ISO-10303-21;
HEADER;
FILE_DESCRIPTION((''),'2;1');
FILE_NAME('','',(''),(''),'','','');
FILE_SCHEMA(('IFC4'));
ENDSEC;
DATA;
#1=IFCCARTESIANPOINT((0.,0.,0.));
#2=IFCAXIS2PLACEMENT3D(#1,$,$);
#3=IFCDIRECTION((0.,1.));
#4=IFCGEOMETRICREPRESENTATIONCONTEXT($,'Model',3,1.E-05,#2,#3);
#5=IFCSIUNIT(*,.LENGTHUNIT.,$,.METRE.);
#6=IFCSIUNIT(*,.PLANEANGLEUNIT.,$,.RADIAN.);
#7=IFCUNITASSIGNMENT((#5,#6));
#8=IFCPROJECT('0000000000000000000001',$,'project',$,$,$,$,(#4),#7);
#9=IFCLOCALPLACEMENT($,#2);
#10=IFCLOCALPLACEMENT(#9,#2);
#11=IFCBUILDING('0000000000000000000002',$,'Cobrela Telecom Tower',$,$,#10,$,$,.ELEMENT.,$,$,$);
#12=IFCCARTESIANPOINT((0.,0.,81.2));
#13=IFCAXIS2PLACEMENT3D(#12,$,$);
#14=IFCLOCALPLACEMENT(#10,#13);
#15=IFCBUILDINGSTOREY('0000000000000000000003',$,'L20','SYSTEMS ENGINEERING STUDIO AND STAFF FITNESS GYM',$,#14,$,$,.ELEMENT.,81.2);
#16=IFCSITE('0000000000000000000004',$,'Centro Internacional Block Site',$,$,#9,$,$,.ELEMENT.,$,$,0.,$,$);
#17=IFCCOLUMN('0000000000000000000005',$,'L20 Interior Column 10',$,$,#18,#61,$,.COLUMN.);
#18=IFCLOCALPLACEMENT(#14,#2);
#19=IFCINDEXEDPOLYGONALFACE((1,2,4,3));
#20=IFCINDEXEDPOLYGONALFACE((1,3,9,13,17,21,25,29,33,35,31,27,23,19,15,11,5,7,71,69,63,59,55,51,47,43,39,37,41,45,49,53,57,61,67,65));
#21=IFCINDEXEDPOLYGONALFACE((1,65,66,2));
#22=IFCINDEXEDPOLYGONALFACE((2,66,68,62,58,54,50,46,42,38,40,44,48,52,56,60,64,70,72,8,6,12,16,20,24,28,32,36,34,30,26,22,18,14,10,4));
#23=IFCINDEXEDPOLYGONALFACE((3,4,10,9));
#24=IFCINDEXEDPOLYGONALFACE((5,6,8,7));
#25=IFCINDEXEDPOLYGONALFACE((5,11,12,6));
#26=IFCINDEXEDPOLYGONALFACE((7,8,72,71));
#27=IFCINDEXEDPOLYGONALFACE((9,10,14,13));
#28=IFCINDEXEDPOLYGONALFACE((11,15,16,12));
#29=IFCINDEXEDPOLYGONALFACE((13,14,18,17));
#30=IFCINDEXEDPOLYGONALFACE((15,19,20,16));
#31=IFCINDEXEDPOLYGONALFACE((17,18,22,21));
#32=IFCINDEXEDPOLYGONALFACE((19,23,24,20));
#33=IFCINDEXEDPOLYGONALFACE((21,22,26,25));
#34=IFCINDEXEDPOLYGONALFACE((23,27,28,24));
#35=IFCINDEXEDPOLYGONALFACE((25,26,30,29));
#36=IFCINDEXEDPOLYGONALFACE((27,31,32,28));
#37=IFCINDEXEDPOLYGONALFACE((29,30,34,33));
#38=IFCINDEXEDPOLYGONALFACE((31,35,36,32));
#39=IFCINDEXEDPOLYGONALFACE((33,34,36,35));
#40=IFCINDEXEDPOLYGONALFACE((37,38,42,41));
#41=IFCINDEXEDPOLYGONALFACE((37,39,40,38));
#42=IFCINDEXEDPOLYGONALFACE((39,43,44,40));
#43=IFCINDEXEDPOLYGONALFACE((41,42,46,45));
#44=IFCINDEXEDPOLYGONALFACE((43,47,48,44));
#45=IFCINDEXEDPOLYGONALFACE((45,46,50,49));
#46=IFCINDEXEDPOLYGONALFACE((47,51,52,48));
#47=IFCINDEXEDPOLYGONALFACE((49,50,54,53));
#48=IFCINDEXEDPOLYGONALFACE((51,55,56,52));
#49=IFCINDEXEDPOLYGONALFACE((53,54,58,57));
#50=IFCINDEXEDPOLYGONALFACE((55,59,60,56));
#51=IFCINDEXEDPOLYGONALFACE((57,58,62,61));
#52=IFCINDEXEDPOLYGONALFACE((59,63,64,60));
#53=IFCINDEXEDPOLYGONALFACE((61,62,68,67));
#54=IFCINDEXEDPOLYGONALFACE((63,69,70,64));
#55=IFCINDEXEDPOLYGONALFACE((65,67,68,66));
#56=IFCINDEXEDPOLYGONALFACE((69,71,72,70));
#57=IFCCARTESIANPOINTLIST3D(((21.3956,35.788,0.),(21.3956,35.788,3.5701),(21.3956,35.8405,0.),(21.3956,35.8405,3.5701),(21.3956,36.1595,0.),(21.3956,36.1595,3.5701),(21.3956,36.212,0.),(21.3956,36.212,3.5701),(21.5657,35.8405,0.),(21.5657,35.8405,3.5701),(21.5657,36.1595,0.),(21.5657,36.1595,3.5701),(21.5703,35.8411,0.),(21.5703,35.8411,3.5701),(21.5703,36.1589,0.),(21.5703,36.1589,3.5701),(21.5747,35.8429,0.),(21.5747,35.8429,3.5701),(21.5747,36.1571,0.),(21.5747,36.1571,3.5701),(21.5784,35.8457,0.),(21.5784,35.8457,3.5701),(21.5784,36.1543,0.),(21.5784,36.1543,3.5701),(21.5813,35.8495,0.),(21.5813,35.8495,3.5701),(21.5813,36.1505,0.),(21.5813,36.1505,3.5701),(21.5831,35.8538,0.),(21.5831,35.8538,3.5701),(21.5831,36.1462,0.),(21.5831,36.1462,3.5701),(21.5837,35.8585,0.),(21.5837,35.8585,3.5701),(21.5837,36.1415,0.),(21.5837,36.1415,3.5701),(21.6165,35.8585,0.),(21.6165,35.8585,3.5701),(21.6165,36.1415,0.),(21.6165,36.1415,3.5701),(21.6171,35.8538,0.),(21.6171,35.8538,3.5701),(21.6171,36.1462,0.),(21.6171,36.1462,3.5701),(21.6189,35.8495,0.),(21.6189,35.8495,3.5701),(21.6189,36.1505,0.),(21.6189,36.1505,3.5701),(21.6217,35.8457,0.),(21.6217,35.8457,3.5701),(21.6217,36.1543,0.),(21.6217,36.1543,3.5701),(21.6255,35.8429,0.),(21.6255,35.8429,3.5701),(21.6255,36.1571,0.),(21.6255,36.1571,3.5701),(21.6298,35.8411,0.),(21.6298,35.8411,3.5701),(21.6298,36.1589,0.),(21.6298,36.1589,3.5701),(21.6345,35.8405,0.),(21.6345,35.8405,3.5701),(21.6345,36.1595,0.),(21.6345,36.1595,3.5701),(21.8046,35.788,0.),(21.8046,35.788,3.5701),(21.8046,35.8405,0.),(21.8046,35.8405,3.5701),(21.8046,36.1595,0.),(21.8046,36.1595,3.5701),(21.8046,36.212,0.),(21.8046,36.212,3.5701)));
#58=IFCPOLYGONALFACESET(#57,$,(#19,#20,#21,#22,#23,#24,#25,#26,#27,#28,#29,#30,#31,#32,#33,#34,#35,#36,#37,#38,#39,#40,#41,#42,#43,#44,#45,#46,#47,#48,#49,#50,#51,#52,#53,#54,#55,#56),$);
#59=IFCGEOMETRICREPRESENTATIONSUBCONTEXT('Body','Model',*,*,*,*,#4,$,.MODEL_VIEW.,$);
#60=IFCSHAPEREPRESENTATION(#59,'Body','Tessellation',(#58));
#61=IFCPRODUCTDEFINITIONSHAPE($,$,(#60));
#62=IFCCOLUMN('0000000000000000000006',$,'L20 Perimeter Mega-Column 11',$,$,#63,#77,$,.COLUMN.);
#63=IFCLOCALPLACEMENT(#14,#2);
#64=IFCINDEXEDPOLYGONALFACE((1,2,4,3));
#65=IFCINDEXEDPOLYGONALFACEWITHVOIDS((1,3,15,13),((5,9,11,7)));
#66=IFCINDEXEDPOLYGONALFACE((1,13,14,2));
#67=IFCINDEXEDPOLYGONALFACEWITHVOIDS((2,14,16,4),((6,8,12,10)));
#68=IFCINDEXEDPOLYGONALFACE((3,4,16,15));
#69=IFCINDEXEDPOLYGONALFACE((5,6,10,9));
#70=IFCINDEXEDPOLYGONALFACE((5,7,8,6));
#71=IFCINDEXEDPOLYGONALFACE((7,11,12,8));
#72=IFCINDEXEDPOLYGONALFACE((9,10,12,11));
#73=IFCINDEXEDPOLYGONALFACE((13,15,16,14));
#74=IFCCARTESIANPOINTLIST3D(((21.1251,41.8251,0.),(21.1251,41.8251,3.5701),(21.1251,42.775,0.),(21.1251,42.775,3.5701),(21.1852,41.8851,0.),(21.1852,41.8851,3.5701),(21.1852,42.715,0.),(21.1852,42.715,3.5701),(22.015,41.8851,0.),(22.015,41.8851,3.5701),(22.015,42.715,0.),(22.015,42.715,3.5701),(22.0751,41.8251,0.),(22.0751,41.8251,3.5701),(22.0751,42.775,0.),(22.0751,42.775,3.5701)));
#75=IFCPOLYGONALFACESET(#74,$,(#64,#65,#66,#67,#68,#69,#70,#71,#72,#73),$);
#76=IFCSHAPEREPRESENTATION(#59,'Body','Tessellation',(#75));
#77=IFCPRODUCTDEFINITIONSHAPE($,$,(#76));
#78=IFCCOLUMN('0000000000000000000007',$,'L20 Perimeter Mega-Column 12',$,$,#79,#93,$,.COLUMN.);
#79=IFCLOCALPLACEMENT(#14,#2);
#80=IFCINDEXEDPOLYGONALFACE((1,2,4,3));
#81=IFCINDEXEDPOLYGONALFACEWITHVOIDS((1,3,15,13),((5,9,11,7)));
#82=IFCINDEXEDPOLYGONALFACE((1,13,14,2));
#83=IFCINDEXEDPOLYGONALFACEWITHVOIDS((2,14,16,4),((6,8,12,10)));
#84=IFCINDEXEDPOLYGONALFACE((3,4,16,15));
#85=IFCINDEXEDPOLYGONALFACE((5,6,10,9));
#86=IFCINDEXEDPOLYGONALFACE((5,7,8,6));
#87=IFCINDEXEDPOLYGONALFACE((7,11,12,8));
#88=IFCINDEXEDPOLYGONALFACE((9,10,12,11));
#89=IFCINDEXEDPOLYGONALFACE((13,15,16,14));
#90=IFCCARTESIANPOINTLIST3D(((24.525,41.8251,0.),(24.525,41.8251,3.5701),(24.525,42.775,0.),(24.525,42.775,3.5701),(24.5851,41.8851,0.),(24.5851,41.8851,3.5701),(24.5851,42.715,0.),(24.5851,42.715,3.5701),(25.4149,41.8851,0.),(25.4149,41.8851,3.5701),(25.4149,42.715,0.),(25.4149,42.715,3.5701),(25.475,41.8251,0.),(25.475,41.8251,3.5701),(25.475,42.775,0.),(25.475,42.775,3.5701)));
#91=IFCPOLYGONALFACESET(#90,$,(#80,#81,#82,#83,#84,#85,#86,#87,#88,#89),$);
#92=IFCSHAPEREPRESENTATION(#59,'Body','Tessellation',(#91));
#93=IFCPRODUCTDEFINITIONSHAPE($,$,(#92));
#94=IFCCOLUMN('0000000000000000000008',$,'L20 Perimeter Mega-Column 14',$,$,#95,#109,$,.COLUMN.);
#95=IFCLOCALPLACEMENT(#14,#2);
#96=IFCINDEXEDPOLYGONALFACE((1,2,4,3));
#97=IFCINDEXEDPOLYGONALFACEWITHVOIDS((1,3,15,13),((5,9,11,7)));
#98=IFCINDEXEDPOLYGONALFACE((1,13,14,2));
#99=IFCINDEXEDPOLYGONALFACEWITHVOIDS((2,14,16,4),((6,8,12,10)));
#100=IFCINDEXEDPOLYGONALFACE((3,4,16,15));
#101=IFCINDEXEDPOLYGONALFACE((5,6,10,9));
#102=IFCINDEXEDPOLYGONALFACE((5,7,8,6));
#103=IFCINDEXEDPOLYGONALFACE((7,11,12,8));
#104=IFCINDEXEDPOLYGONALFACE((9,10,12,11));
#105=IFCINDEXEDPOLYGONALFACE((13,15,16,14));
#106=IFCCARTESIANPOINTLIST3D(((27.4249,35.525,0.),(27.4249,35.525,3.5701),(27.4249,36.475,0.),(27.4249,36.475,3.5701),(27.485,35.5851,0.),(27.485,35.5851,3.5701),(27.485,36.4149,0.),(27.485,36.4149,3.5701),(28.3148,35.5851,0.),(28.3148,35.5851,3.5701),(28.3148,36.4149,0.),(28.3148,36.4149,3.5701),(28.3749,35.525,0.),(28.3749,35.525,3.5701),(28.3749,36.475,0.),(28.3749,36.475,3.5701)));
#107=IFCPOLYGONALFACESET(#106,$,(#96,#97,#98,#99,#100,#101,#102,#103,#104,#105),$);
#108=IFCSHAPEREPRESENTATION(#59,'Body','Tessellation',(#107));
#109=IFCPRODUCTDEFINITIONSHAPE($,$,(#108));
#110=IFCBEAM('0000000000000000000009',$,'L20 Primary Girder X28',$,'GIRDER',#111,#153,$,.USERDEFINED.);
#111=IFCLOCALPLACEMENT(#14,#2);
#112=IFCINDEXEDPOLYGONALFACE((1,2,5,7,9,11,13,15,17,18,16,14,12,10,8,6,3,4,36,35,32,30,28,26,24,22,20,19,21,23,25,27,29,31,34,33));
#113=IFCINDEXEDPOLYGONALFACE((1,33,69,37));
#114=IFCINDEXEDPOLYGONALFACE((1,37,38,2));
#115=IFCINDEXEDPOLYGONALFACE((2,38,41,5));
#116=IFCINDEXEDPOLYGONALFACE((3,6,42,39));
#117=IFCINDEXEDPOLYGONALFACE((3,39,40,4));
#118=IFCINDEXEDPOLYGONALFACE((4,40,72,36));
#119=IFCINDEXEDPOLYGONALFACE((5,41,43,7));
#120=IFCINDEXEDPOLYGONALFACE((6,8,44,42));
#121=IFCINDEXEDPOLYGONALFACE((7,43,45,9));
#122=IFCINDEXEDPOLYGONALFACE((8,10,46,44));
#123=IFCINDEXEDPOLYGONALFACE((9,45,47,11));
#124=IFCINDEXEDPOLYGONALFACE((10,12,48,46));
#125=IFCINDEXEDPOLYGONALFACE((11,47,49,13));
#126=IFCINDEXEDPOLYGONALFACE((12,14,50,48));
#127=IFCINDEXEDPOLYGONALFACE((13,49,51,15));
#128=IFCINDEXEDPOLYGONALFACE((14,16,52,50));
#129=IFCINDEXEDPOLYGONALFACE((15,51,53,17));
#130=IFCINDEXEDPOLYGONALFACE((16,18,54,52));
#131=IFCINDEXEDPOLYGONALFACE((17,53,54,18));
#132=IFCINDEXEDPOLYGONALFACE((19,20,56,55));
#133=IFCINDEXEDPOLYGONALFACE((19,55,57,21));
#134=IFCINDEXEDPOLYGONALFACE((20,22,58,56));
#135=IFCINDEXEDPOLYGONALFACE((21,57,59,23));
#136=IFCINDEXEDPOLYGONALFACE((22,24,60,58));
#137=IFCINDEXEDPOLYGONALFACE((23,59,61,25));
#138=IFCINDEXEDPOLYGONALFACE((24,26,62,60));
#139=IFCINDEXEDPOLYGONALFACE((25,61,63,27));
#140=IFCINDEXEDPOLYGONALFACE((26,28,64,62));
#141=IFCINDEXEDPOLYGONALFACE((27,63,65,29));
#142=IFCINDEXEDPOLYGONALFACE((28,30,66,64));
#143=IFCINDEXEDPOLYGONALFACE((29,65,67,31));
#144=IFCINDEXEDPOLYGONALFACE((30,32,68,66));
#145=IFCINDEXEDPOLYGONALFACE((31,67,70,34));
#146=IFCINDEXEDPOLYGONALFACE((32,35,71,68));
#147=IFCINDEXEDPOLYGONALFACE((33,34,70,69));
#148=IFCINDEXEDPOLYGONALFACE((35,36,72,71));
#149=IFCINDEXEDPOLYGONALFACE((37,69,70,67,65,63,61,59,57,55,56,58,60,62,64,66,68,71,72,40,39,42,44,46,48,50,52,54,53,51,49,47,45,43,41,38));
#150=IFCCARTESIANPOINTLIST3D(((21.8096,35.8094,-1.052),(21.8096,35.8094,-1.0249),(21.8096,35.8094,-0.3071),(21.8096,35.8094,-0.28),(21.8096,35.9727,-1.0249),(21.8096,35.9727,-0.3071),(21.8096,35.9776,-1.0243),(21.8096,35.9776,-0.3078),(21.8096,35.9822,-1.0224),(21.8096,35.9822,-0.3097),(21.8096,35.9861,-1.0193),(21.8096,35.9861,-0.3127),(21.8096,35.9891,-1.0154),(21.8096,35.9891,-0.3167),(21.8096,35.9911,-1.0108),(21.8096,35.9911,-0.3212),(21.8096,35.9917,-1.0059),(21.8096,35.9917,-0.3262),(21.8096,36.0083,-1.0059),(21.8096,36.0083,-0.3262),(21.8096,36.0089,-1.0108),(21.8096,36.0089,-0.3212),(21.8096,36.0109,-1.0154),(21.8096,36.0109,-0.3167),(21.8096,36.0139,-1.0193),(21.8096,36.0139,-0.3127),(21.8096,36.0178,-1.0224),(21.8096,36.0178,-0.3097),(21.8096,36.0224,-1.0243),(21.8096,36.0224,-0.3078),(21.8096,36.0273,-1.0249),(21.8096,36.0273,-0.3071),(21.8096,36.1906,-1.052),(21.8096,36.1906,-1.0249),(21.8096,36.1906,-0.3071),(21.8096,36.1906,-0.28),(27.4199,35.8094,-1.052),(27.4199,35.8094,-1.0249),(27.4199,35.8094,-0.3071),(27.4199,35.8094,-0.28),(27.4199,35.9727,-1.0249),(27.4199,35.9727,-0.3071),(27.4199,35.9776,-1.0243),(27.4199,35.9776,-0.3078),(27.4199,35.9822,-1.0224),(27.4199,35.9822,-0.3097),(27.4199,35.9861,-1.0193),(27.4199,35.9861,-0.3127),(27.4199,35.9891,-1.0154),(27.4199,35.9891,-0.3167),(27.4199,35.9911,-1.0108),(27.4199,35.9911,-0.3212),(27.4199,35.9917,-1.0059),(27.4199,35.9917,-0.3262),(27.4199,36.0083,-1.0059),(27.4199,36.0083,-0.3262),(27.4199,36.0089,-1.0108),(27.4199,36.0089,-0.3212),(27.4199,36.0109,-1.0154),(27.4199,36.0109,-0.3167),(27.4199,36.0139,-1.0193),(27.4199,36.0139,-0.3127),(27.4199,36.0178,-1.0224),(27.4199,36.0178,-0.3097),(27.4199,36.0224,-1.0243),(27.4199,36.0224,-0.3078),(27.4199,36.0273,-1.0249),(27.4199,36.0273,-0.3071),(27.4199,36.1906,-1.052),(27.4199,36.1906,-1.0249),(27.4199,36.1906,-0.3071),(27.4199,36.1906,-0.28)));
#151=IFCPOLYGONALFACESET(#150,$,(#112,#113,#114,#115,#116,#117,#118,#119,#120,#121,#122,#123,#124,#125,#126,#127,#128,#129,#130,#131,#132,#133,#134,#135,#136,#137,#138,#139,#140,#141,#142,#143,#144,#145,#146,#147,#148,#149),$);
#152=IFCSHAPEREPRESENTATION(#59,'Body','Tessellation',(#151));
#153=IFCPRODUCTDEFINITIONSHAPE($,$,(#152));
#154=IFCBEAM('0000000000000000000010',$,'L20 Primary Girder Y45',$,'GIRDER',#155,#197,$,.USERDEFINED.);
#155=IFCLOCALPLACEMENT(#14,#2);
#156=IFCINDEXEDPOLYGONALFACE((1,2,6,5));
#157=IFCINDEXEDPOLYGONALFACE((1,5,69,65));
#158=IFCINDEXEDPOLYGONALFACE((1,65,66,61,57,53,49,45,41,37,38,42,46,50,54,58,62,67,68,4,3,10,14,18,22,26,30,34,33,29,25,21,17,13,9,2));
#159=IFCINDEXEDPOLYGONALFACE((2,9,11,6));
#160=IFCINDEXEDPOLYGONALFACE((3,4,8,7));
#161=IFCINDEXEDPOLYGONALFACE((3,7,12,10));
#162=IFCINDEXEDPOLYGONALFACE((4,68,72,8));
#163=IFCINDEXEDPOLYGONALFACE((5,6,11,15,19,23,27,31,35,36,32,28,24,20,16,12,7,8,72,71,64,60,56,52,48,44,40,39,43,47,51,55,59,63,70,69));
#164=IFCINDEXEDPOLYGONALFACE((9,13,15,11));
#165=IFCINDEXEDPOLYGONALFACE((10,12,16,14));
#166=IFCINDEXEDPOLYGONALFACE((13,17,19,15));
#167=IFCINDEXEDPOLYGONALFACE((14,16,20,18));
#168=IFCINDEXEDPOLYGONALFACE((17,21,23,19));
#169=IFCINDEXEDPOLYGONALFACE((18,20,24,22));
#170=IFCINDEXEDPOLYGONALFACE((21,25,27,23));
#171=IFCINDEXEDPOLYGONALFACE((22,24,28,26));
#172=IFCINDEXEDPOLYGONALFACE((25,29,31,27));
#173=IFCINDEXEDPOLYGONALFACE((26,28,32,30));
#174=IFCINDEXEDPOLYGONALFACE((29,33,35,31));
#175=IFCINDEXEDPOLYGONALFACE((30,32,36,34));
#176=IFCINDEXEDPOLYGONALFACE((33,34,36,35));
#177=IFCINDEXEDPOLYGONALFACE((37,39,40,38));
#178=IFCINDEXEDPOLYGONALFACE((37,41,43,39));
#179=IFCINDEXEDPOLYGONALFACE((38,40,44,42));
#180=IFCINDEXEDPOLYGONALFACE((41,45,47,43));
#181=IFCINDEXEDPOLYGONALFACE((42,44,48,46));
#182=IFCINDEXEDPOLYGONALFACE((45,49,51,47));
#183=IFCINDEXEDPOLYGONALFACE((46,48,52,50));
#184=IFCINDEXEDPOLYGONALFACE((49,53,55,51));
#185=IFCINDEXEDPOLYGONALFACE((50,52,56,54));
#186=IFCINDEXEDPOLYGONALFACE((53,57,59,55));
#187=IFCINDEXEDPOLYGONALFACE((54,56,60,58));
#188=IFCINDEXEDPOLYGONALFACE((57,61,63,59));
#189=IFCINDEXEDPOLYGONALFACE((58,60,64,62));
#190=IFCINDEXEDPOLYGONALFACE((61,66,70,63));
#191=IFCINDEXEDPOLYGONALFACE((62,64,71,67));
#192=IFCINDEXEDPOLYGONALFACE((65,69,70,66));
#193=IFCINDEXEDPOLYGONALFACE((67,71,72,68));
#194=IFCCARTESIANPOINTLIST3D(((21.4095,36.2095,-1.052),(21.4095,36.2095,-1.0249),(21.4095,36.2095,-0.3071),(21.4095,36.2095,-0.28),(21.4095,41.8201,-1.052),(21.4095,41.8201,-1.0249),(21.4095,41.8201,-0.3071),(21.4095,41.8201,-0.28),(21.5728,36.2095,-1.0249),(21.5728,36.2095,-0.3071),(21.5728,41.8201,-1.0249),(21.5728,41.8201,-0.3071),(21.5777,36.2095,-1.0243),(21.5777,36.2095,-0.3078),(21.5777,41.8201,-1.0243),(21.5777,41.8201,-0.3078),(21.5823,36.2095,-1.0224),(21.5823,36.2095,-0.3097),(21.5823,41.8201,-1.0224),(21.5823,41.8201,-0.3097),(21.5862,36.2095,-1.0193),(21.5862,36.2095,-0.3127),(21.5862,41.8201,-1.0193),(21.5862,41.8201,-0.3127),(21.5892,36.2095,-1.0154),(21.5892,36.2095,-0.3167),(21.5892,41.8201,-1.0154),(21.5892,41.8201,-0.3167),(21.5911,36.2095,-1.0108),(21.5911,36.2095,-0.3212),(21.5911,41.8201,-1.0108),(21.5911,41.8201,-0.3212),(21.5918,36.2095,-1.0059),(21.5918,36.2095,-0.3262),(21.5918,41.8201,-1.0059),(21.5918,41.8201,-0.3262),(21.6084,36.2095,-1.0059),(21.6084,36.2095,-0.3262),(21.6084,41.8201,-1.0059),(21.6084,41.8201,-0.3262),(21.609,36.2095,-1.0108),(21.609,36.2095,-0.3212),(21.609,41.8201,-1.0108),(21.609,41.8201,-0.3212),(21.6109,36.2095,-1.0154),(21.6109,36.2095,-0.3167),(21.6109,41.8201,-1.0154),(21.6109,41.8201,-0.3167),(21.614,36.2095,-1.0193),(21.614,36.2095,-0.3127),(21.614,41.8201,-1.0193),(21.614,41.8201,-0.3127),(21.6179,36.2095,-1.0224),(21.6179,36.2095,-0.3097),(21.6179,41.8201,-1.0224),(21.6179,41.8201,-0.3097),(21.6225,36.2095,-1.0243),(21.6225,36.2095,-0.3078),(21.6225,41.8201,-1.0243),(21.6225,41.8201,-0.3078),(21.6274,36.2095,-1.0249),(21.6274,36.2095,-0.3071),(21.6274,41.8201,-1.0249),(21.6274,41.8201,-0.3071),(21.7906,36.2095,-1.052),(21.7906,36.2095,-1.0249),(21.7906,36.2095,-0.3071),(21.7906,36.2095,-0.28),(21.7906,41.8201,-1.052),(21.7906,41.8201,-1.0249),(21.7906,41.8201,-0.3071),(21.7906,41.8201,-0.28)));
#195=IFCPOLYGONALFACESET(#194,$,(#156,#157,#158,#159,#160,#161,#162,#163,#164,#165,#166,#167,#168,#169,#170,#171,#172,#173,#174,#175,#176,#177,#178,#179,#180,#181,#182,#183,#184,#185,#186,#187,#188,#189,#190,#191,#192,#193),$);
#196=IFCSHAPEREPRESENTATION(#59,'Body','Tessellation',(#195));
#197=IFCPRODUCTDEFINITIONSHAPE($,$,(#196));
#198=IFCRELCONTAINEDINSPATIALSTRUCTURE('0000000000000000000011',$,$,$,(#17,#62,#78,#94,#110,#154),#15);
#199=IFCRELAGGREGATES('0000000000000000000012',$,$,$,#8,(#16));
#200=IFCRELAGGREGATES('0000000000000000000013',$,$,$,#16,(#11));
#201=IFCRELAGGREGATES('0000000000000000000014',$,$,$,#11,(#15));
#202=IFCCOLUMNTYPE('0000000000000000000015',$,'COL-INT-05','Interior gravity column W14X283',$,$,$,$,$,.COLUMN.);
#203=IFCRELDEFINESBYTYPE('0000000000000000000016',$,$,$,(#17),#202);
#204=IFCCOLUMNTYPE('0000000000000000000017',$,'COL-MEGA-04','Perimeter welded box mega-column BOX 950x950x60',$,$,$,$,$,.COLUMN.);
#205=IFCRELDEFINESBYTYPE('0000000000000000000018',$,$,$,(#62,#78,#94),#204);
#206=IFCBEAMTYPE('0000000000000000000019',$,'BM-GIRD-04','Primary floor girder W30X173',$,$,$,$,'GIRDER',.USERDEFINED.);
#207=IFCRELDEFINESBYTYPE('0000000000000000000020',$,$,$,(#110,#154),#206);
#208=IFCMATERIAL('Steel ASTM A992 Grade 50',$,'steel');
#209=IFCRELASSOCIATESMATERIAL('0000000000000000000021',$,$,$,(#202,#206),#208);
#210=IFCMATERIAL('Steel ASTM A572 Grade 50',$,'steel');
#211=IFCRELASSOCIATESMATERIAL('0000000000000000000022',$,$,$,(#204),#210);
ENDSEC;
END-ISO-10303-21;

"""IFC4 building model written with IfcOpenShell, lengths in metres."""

from ifc_helpers import new_model, si_unit, direction, frame, origin, origin_2d, place, context, subcontext, project, spatial, hollow_rectangle, i_section, extrude, material, material_profile, profile_set, type_object, element, save


model = new_model("IFC4")

# Units and contexts
model_context = context("Model", 3, precision=1e-05, world=origin(), true_north=direction((0.0, 1.0)))
body_context = subcontext(model_context, "Body", "Model", "MODEL_VIEW")
ifc_project = project(units=[si_unit("LENGTHUNIT", "METRE"), si_unit("PLANEANGLEUNIT", "RADIAN")], contexts=[model_context])

# Site, building, storey
site_placement = place(None, origin())
site = spatial("IfcSite", under=ifc_project, at=site_placement, Name="Centro Internacional Block Site", CompositionType="ELEMENT", RefElevation=0.0)
building_placement = place(site_placement, origin())
building = spatial("IfcBuilding", under=site, at=building_placement, Name="Cobrela Telecom Tower", CompositionType="ELEMENT")
storey_placement = place(building_placement, frame((0.0, 0.0, 81.2)))
storey = spatial("IfcBuildingStorey", under=building, at=storey_placement, Name="L20", Description="SYSTEMS ENGINEERING STUDIO AND STAFF FITNESS GYM", CompositionType="ELEMENT", Elevation=81.2)

# Columns
ifc_material_1 = material(Name="Steel ASTM A992 Grade 50", Category="steel")
ifc_material_profile_1 = material_profile(ifc_material_1, i_section(OverallWidth=0.4089, OverallDepth=0.4241, WebThickness=0.0327, FlangeThickness=0.0525, FilletRadius=0.0181, at=origin_2d()), Name="W14X283")
ifc_profile_set_1 = profile_set([ifc_material_profile_1], Name="Steel ASTM A992 Grade 50")
column_type_1 = type_object("IfcColumnType", Name="COL-INT-05", Description="Interior gravity column W14X283", PredefinedType="COLUMN", material=ifc_profile_set_1)
column_placement = place(storey_placement, frame((21.6001, 36.0, 0.0), z_axis=(0.0, 0.0, 1.0), x_axis=(1.0, 0.0, 0.0)))
element("IfcColumn", 1, at=column_placement, inside=storey, type_object=column_type_1, Name="L20 Interior Column 10", PredefinedType="COLUMN", context=body_context, shape_type="SweptSolid", body=[
    extrude(i_section(OverallWidth=0.4089, OverallDepth=0.4241, WebThickness=0.0327, FlangeThickness=0.0525, FilletRadius=0.0181, at=origin_2d()), origin(), (0.0, 0.0, 1.0), 3.5701),
])
ifc_material_2 = material(Name="Steel ASTM A572 Grade 50", Category="steel")
ifc_material_profile_2 = material_profile(ifc_material_2, hollow_rectangle(XDim=0.95, YDim=0.95, WallThickness=0.0601, at=origin_2d()), Name="BOX 950x950x60")
ifc_profile_set_2 = profile_set([ifc_material_profile_2], Name="Steel ASTM A572 Grade 50")
column_type_2 = type_object("IfcColumnType", Name="COL-MEGA-04", Description="Perimeter welded box mega-column BOX 950x950x60", PredefinedType="COLUMN", material=ifc_profile_set_2)
for number, where, z_axis, x_axis, name in (
    (2, (21.6001, 42.3, 0.0), (0.0, 0.0, 1.0), (1.0, 0.0, 0.0), "L20 Perimeter Mega-Column 11"),
    (3, (25.0, 42.3, 0.0), (0.0, 0.0, 1.0), (1.0, 0.0, 0.0), "L20 Perimeter Mega-Column 12"),
    (4, (27.8999, 36.0, 0.0), (0.0, 0.0, 1.0), (1.0, 0.0, 0.0), "L20 Perimeter Mega-Column 14"),
):
    element("IfcColumn", number, at=place(storey_placement, frame(where, z_axis=z_axis, x_axis=x_axis)), inside=storey, type_object=column_type_2, Name=name, PredefinedType="COLUMN", context=body_context, shape_type="SweptSolid", body=[
        extrude(hollow_rectangle(XDim=0.95, YDim=0.95, WallThickness=0.0601, at=origin_2d()), origin(), (0.0, 0.0, 1.0), 3.5701),
    ])

# Beams
ifc_material_profile_3 = material_profile(ifc_material_1, i_section(OverallWidth=0.3811, OverallDepth=0.772, WebThickness=0.0166, FlangeThickness=0.0271, FilletRadius=0.019, at=origin_2d()), Name="W30X173")
ifc_profile_set_3 = profile_set([ifc_material_profile_3], Name="Steel ASTM A992 Grade 50")
beam_type_1 = type_object("IfcBeamType", Name="BM-GIRD-04", Description="Primary floor girder W30X173", ElementType="GIRDER", PredefinedType="USERDEFINED", material=ifc_profile_set_3)
beam_1_placement = place(storey_placement, frame((21.8096, 36.0, -0.666), z_axis=(1.0, 0.0, 0.0), x_axis=(0.0, 1.0, 0.0)))
element("IfcBeam", 5, at=beam_1_placement, inside=storey, type_object=beam_type_1, Name="L20 Primary Girder X28", ObjectType="GIRDER", PredefinedType="USERDEFINED", context=body_context, shape_type="SweptSolid", body=[
    extrude(i_section(OverallWidth=0.3811, OverallDepth=0.772, WebThickness=0.0166, FlangeThickness=0.0271, FilletRadius=0.019, at=origin_2d()), origin(), (0.0, 0.0, 1.0), 5.6104),
])
beam_2_placement = place(storey_placement, frame((21.6001, 36.2095, -0.666), z_axis=(0.0, 1.0, 0.0), x_axis=(-1.0, 0.0, 0.0)))
element("IfcBeam", 6, at=beam_2_placement, inside=storey, type_object=beam_type_1, Name="L20 Primary Girder Y45", ObjectType="GIRDER", PredefinedType="USERDEFINED", context=body_context, shape_type="SweptSolid", body=[
    extrude(i_section(OverallWidth=0.3811, OverallDepth=0.772, WebThickness=0.0166, FlangeThickness=0.0271, FilletRadius=0.019, at=origin_2d()), origin(), (0.0, 0.0, 1.0), 5.6106),
])

save(model, "model.ifc")
